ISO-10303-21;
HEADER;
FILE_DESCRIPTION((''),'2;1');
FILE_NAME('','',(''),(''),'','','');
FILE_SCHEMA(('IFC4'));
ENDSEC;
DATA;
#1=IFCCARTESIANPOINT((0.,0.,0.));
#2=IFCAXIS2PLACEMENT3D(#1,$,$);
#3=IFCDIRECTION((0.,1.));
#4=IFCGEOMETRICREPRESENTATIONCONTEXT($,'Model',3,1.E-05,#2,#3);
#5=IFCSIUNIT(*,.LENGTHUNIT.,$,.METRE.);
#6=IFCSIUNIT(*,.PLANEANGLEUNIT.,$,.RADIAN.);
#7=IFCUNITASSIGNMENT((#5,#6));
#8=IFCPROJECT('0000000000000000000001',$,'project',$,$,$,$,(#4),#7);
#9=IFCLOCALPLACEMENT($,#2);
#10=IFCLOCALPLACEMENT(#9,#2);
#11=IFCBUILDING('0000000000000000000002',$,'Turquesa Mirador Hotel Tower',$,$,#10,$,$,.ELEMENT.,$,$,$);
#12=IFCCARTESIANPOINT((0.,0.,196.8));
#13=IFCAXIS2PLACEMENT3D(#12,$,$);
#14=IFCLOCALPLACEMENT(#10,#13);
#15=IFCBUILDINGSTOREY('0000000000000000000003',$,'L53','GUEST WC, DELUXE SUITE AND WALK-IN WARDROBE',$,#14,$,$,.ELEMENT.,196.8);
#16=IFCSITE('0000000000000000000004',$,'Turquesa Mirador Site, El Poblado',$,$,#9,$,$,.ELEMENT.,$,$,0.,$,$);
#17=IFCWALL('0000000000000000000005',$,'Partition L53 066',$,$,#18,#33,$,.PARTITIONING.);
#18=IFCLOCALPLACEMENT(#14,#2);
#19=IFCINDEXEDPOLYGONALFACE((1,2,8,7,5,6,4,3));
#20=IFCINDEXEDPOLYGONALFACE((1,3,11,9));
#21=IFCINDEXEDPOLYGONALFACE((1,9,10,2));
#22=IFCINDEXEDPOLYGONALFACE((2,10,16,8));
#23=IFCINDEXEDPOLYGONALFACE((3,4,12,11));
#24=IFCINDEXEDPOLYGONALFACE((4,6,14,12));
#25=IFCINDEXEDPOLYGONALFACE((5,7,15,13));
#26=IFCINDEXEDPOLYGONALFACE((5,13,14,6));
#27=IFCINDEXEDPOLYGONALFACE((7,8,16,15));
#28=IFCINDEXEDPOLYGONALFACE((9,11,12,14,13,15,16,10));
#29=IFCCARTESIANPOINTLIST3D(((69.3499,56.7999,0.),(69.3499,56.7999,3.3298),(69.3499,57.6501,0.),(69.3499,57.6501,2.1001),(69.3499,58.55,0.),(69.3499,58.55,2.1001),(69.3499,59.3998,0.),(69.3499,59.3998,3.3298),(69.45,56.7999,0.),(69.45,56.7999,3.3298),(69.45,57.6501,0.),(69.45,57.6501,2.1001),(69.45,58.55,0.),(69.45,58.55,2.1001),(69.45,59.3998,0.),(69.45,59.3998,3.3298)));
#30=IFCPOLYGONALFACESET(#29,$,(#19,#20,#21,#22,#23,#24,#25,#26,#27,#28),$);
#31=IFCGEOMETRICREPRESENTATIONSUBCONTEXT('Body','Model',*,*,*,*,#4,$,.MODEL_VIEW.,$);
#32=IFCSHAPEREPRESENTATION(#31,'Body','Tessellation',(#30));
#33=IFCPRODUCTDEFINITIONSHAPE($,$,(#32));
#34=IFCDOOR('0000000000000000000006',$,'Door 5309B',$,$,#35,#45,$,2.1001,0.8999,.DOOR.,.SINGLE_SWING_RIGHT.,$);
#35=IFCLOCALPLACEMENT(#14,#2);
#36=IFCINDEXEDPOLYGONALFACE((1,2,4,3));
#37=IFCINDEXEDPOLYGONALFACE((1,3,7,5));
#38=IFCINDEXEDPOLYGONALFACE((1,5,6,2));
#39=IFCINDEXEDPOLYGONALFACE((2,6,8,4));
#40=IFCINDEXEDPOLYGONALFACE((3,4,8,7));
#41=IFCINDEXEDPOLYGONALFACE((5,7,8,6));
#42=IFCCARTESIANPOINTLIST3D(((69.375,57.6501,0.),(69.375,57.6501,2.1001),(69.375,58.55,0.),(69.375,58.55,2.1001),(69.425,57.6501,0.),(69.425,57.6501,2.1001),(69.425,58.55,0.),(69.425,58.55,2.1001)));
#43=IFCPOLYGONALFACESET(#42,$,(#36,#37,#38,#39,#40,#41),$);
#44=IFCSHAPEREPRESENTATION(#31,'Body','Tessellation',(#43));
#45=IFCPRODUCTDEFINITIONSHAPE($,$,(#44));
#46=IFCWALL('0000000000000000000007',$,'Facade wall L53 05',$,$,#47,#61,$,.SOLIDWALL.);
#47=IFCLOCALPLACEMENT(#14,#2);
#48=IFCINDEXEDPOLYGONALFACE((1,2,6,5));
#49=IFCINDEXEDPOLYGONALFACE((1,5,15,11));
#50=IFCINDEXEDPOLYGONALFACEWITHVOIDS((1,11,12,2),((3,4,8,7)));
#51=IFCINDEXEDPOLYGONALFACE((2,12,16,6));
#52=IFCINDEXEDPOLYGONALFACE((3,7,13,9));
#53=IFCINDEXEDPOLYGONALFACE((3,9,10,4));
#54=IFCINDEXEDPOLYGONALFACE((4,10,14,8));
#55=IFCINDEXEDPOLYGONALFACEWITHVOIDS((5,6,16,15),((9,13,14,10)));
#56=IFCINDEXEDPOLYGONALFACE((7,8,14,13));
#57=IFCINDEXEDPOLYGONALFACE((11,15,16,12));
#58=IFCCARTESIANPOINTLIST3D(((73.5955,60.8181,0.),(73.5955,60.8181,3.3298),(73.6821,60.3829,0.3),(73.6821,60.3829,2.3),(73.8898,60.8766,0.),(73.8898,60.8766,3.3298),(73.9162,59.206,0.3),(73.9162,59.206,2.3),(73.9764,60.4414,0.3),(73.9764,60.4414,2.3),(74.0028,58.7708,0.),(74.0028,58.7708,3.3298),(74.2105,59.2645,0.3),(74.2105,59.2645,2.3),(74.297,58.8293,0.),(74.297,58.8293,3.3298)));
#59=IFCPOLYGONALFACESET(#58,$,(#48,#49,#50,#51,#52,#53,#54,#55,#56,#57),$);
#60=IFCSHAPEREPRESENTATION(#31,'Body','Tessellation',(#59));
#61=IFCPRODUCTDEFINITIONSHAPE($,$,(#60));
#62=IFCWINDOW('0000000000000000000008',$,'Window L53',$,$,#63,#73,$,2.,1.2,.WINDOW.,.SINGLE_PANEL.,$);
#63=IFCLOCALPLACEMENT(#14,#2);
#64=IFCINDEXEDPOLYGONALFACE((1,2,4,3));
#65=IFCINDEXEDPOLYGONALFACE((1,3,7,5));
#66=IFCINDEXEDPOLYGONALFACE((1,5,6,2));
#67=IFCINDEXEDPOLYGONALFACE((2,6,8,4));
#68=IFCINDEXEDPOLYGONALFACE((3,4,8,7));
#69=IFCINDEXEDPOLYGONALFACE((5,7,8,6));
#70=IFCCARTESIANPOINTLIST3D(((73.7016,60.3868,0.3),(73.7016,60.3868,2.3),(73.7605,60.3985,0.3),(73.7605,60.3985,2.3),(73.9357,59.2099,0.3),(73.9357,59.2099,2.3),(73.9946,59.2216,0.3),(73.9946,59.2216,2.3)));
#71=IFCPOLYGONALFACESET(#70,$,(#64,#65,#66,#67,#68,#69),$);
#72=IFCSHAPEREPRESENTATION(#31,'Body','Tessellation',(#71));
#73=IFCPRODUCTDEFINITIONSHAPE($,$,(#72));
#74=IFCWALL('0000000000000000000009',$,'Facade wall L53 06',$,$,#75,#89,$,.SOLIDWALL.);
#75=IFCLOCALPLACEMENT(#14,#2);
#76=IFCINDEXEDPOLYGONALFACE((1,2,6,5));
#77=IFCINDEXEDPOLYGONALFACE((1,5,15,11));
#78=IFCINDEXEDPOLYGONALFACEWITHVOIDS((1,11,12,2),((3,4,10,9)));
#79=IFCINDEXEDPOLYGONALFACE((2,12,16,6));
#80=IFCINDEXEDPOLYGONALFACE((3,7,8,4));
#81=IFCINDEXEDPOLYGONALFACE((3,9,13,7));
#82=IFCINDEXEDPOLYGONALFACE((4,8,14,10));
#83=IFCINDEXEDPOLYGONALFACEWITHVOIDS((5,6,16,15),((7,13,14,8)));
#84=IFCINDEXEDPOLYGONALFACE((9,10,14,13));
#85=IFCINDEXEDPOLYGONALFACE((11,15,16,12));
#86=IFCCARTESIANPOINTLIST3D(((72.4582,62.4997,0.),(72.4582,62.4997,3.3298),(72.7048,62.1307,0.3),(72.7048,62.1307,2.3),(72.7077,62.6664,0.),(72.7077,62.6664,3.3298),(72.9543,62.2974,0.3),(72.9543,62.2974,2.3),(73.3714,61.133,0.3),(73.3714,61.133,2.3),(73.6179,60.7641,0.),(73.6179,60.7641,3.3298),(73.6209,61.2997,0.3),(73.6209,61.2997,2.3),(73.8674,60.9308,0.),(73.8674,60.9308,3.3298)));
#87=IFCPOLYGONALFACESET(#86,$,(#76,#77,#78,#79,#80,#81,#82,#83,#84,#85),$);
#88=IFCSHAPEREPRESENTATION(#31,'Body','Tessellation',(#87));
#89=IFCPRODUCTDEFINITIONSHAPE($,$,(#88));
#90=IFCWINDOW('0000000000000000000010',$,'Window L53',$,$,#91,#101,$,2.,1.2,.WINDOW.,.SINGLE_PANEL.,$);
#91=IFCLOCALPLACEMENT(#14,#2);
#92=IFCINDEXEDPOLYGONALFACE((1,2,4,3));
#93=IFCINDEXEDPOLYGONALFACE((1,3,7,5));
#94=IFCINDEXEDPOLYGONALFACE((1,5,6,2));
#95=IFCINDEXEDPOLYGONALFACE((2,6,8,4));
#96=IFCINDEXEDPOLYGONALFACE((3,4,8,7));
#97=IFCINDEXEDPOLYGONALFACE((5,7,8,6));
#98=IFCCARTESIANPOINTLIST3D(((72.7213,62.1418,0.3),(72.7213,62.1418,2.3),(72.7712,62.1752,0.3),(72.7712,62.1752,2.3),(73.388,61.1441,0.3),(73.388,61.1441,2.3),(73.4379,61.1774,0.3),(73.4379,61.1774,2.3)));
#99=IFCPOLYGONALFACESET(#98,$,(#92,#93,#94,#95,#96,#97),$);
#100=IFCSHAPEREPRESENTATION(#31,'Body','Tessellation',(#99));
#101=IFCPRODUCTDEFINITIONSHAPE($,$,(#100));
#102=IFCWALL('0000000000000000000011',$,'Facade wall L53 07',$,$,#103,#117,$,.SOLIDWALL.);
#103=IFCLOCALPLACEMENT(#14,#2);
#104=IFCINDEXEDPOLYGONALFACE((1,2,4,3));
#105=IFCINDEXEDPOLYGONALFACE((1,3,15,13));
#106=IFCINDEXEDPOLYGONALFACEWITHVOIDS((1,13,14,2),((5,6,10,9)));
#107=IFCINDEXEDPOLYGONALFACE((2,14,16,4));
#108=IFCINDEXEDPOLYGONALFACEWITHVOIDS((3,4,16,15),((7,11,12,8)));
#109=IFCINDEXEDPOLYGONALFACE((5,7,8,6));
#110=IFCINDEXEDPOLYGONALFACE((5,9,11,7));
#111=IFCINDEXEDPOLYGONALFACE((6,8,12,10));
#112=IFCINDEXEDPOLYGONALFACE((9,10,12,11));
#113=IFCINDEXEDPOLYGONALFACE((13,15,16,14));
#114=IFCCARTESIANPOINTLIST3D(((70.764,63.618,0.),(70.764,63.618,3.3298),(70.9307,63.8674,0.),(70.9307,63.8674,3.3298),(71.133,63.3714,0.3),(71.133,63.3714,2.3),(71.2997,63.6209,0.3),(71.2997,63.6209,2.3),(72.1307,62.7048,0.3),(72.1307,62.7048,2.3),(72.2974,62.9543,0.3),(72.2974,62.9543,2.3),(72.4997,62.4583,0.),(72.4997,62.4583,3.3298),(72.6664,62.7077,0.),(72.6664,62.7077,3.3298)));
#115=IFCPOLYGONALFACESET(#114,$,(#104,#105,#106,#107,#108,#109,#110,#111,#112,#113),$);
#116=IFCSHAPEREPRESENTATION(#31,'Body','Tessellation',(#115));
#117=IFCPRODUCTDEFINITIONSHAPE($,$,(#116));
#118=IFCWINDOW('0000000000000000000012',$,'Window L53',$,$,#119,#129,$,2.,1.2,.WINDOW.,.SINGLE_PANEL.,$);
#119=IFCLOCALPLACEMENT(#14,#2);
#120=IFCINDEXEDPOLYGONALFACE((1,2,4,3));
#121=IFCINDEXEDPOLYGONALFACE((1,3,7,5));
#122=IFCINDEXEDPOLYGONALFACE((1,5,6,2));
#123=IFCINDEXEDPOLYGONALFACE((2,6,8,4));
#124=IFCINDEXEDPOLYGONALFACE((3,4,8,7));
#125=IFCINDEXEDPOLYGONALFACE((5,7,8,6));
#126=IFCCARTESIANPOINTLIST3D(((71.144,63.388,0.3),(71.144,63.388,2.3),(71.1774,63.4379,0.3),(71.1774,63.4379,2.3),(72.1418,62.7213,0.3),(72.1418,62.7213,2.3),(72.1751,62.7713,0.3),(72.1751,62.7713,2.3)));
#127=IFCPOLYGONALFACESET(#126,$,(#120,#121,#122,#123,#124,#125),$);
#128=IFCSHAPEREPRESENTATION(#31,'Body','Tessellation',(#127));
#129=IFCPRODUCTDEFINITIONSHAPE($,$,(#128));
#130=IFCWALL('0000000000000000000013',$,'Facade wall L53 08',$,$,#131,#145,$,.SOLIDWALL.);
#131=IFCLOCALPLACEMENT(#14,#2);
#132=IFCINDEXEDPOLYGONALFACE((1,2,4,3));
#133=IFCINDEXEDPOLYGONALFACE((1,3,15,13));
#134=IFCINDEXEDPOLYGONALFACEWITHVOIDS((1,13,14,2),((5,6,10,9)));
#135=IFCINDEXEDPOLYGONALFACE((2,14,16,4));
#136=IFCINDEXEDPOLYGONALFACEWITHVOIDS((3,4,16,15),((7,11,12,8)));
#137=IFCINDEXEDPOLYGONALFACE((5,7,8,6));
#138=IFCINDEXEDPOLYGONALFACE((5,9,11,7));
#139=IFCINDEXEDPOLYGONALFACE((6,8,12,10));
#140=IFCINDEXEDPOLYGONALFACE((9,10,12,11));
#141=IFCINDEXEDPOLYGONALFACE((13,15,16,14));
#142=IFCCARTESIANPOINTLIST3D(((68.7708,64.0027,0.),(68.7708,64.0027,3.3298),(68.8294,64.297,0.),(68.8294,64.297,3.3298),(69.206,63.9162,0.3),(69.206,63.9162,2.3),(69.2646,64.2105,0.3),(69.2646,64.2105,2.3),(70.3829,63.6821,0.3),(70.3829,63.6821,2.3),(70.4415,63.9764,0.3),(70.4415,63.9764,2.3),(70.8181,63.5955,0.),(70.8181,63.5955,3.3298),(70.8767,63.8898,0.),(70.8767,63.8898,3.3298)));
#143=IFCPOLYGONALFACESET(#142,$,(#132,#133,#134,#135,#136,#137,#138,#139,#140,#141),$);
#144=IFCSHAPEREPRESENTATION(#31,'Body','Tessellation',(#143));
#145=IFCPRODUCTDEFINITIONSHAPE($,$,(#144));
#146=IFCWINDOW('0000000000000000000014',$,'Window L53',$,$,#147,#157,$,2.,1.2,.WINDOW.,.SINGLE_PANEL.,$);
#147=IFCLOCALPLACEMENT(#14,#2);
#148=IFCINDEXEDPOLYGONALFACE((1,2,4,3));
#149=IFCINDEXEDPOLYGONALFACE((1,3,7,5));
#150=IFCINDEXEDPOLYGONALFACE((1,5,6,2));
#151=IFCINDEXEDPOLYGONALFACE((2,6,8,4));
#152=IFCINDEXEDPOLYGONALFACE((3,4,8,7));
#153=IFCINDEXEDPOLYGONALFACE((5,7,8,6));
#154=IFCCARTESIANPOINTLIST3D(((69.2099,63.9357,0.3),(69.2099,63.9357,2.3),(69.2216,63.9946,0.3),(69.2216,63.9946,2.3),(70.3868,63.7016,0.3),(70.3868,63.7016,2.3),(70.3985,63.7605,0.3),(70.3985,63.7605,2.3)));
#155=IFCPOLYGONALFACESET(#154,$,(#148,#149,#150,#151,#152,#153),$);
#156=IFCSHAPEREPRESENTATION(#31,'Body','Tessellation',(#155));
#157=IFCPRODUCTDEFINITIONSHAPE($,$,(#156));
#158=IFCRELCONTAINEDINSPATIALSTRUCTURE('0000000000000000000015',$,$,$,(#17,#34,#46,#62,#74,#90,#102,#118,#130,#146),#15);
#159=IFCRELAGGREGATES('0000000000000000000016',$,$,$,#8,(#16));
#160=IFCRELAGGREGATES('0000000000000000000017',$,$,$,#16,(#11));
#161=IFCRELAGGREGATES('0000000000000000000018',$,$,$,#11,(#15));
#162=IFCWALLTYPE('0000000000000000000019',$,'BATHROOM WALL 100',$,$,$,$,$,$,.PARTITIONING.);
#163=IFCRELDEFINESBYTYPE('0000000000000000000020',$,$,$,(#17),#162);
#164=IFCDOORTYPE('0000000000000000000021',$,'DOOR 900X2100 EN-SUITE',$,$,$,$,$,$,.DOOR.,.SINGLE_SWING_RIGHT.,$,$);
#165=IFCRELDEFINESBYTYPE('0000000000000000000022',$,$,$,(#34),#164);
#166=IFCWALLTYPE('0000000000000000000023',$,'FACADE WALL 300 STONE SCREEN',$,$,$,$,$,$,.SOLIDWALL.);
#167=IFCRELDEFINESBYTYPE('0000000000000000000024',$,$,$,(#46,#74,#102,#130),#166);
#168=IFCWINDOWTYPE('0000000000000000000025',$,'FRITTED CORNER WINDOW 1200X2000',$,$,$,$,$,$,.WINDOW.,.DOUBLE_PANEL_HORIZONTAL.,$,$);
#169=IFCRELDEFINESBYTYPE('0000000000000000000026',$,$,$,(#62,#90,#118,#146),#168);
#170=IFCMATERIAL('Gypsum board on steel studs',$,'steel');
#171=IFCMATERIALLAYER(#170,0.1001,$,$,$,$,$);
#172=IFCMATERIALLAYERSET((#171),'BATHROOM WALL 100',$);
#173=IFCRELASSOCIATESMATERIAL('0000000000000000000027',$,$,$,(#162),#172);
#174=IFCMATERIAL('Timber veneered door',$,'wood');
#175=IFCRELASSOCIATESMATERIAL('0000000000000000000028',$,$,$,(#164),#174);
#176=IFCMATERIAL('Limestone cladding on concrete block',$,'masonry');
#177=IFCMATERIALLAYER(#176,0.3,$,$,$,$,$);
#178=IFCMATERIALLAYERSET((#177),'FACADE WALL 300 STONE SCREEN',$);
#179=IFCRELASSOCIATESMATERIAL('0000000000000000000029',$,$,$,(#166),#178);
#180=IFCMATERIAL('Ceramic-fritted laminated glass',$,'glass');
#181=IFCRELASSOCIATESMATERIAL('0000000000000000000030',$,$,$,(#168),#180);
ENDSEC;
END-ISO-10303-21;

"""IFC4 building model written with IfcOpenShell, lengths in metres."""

from ifc_helpers import new_model, si_unit, direction, frame, frame_2d, origin, place, context, subcontext, project, spatial, rectangle, extrude, material, layer, layer_set, type_object, element, fill, save


model = new_model("IFC4")

# Units and contexts
model_context = context("Model", 3, precision=1e-05, world=origin(), true_north=direction((0.0, 1.0)))
body_context = subcontext(model_context, "Body", "Model", "MODEL_VIEW")
ifc_project = project(units=[si_unit("LENGTHUNIT", "METRE"), si_unit("PLANEANGLEUNIT", "RADIAN")], contexts=[model_context])

# Site, building, storey
site_placement = place(None, origin())
site = spatial("IfcSite", under=ifc_project, at=site_placement, Name="Turquesa Mirador Site, El Poblado", CompositionType="ELEMENT", RefElevation=0.0)
building_placement = place(site_placement, origin())
building = spatial("IfcBuilding", under=site, at=building_placement, Name="Turquesa Mirador Hotel Tower", CompositionType="ELEMENT")
storey_placement = place(building_placement, frame((0.0, 0.0, 196.8)))
storey = spatial("IfcBuildingStorey", under=building, at=storey_placement, Name="L53", Description="GUEST WC, DELUXE SUITE AND WALK-IN WARDROBE", CompositionType="ELEMENT", Elevation=196.8)

# Shared definitions
ifc_material_1 = material(Name="Gypsum board on steel studs", Category="steel")
ifc_layer_1 = layer(ifc_material_1, 0.1001)
ifc_layer_set_1 = layer_set([ifc_layer_1], Name="BATHROOM WALL 100")
wall_type_1 = type_object("IfcWallType", Name="BATHROOM WALL 100", PredefinedType="PARTITIONING", material=ifc_layer_set_1)

# Wall, opening, door
wall_1_placement = place(storey_placement, frame((69.3999, 56.8, 0.0), z_axis=(0.0, 0.0, 1.0), x_axis=(0.0, 1.0, 0.0)))
wall_1 = element("IfcWall", 1, at=wall_1_placement, inside=storey, type_object=wall_type_1, Name="Partition L53 066", PredefinedType="PARTITIONING", context=body_context, shape_type="SweptSolid", body=[
    extrude(rectangle(XDim=2.5999, YDim=0.1001, at=frame_2d((1.2998, 0.0))), origin(), (0.0, 0.0, 1.0), 3.3298),
])
opening_1_placement = place(wall_1_placement, frame((0.8501, 0.0, 0.0)))
opening_1 = element("IfcOpeningElement", 2, at=opening_1_placement, cuts=wall_1, PredefinedType="OPENING", context=body_context, shape_type="SweptSolid", body=[
    extrude(rectangle(XDim=0.8999, YDim=2.1001, at=frame_2d((0.45, 1.05))), frame((0.0, 0.0601, 0.0), z_axis=(0.0, -1.0, 0.0), x_axis=(1.0, 0.0, 0.0)), (0.0, 0.0, 1.0), 0.1201),
])
ifc_material_2 = material(Name="Timber veneered door", Category="wood")
door_type_1 = type_object("IfcDoorType", Name="DOOR 900X2100 EN-SUITE", OperationType="SINGLE_SWING_RIGHT", PredefinedType="DOOR", material=ifc_material_2)
door_1_placement = place(opening_1_placement, origin())
door_1 = element("IfcDoor", 3, at=door_1_placement, inside=storey, type_object=door_type_1, Name="Door 5309B", OperationType="SINGLE_SWING_RIGHT", OverallHeight=2.1001, OverallWidth=0.8999, PredefinedType="DOOR", context=body_context, shape_type="SweptSolid", body=[
    extrude(rectangle(XDim=0.8999, YDim=2.1001, at=frame_2d((0.45, 1.05))), frame((0.0, 0.0249, 0.0), z_axis=(0.0, -1.0, 0.0), x_axis=(1.0, 0.0, 0.0)), (0.0, 0.0, 1.0), 0.05),
])
fill(opening_1, door_1)

# Walls, openings, windows
ifc_material_3 = material(Name="Limestone cladding on concrete block", Category="masonry")
ifc_layer_2 = layer(ifc_material_3, 0.3)
ifc_layer_set_2 = layer_set([ifc_layer_2], Name="FACADE WALL 300 STONE SCREEN")
wall_type_2 = type_object("IfcWallType", Name="FACADE WALL 300 STONE SCREEN", PredefinedType="SOLIDWALL", material=ifc_layer_set_2)
wall_2_placement = place(storey_placement, frame((74.1499, 58.8, 0.0), z_axis=(0.0, 0.0, 1.0), x_axis=(-0.195081, 0.980787, 0.0)))
wall_2 = element("IfcWall", 4, at=wall_2_placement, inside=storey, type_object=wall_type_2, Name="Facade wall L53 05", PredefinedType="SOLIDWALL", context=body_context, shape_type="SweptSolid", body=[
    extrude(rectangle(XDim=2.0874, YDim=0.3, at=frame_2d((1.0437, 0.0))), origin(), (0.0, 0.0, 1.0), 3.3298),
])
opening_2_placement = place(wall_2_placement, frame((0.4436, 0.0, 0.3)))
opening_2 = element("IfcOpeningElement", 5, at=opening_2_placement, cuts=wall_2, PredefinedType="OPENING", context=body_context, shape_type="SweptSolid", body=[
    extrude(rectangle(XDim=1.2, YDim=2.0, at=frame_2d((0.6001, 1.0))), frame((0.0, 0.1599, 0.0), z_axis=(0.0, -1.0, 0.0), x_axis=(1.0, 0.0, 0.0)), (0.0, 0.0, 1.0), 0.3201),
])
ifc_material_4 = material(Name="Ceramic-fritted laminated glass", Category="glass")
window_type_1 = type_object("IfcWindowType", Name="FRITTED CORNER WINDOW 1200X2000", PartitioningType="DOUBLE_PANEL_HORIZONTAL", PredefinedType="WINDOW", material=ifc_material_4)
window_1_placement = place(opening_2_placement, origin())
window_1 = element("IfcWindow", 6, at=window_1_placement, inside=storey, type_object=window_type_1, Name="Window L53", OverallHeight=2.0, OverallWidth=1.2, PartitioningType="SINGLE_PANEL", PredefinedType="WINDOW", context=body_context, shape_type="SweptSolid", body=[
    extrude(rectangle(XDim=1.2, YDim=2.0, at=frame_2d((0.6001, 1.0))), frame((0.0, 0.1301, 0.0), z_axis=(0.0, -1.0, 0.0), x_axis=(1.0, 0.0, 0.0)), (0.0, 0.0, 1.0), 0.0601),
])
fill(opening_2, window_1)
wall_3_placement = place(storey_placement, frame((73.7427, 60.8474, 0.0), z_axis=(0.0, 0.0, 1.0), x_axis=(-0.555564, 0.831474, 0.0)))
wall_3 = element("IfcWall", 7, at=wall_3_placement, inside=storey, type_object=wall_type_2, Name="Facade wall L53 06", PredefinedType="SOLIDWALL", context=body_context, shape_type="SweptSolid", body=[
    extrude(rectangle(XDim=2.0874, YDim=0.3, at=frame_2d((1.0437, 0.0))), origin(), (0.0, 0.0, 1.0), 3.3298),
])
opening_3_placement = place(wall_3_placement, frame((0.4436, 0.0, 0.3)))
opening_3 = element("IfcOpeningElement", 8, at=opening_3_placement, cuts=wall_3, PredefinedType="OPENING", context=body_context, shape_type="SweptSolid", body=[
    extrude(rectangle(XDim=1.2, YDim=2.0, at=frame_2d((0.6001, 1.0))), frame((0.0, 0.1599, 0.0), z_axis=(0.0, -1.0, 0.0), x_axis=(1.0, 0.0, 0.0)), (0.0, 0.0, 1.0), 0.3201),
])
window_2_placement = place(opening_3_placement, origin())
window_2 = element("IfcWindow", 9, at=window_2_placement, inside=storey, type_object=window_type_1, Name="Window L53", OverallHeight=2.0, OverallWidth=1.2, PartitioningType="SINGLE_PANEL", PredefinedType="WINDOW", context=body_context, shape_type="SweptSolid", body=[
    extrude(rectangle(XDim=1.2, YDim=2.0, at=frame_2d((0.6001, 1.0))), frame((0.0, 0.1301, 0.0), z_axis=(0.0, -1.0, 0.0), x_axis=(1.0, 0.0, 0.0)), (0.0, 0.0, 1.0), 0.0601),
])
fill(opening_3, window_2)
wall_4_placement = place(storey_placement, frame((72.583, 62.583, 0.0), z_axis=(0.0, 0.0, 1.0), x_axis=(-0.831474, 0.555564, 0.0)))
wall_4 = element("IfcWall", 10, at=wall_4_placement, inside=storey, type_object=wall_type_2, Name="Facade wall L53 07", PredefinedType="SOLIDWALL", context=body_context, shape_type="SweptSolid", body=[
    extrude(rectangle(XDim=2.0874, YDim=0.3, at=frame_2d((1.0437, 0.0))), origin(), (0.0, 0.0, 1.0), 3.3298),
])
opening_4_placement = place(wall_4_placement, frame((0.4436, 0.0, 0.3)))
opening_4 = element("IfcOpeningElement", 11, at=opening_4_placement, cuts=wall_4, PredefinedType="OPENING", context=body_context, shape_type="SweptSolid", body=[
    extrude(rectangle(XDim=1.2, YDim=2.0, at=frame_2d((0.6001, 1.0))), frame((0.0, 0.1599, 0.0), z_axis=(0.0, -1.0, 0.0), x_axis=(1.0, 0.0, 0.0)), (0.0, 0.0, 1.0), 0.3201),
])
window_3_placement = place(opening_4_placement, origin())
window_3 = element("IfcWindow", 12, at=window_3_placement, inside=storey, type_object=window_type_1, Name="Window L53", OverallHeight=2.0, OverallWidth=1.2, PartitioningType="SINGLE_PANEL", PredefinedType="WINDOW", context=body_context, shape_type="SweptSolid", body=[
    extrude(rectangle(XDim=1.2, YDim=2.0, at=frame_2d((0.6001, 1.0))), frame((0.0, 0.1301, 0.0), z_axis=(0.0, -1.0, 0.0), x_axis=(1.0, 0.0, 0.0)), (0.0, 0.0, 1.0), 0.0601),
])
fill(opening_4, window_3)
wall_5_placement = place(storey_placement, frame((70.8474, 63.7427, 0.0), z_axis=(0.0, 0.0, 1.0), x_axis=(-0.980787, 0.195081, 0.0)))
wall_5 = element("IfcWall", 13, at=wall_5_placement, inside=storey, type_object=wall_type_2, Name="Facade wall L53 08", PredefinedType="SOLIDWALL", context=body_context, shape_type="SweptSolid", body=[
    extrude(rectangle(XDim=2.0874, YDim=0.3, at=frame_2d((1.0437, 0.0))), origin(), (0.0, 0.0, 1.0), 3.3298),
])
opening_5_placement = place(wall_5_placement, frame((0.4436, 0.0, 0.3)))
opening_5 = element("IfcOpeningElement", 14, at=opening_5_placement, cuts=wall_5, PredefinedType="OPENING", context=body_context, shape_type="SweptSolid", body=[
    extrude(rectangle(XDim=1.2, YDim=2.0, at=frame_2d((0.6001, 1.0))), frame((0.0, 0.1599, 0.0), z_axis=(0.0, -1.0, 0.0), x_axis=(1.0, 0.0, 0.0)), (0.0, 0.0, 1.0), 0.3201),
])
window_4_placement = place(opening_5_placement, origin())
window_4 = element("IfcWindow", 15, at=window_4_placement, inside=storey, type_object=window_type_1, Name="Window L53", OverallHeight=2.0, OverallWidth=1.2, PartitioningType="SINGLE_PANEL", PredefinedType="WINDOW", context=body_context, shape_type="SweptSolid", body=[
    extrude(rectangle(XDim=1.2, YDim=2.0, at=frame_2d((0.6001, 1.0))), frame((0.0, 0.1301, 0.0), z_axis=(0.0, -1.0, 0.0), x_axis=(1.0, 0.0, 0.0)), (0.0, 0.0, 1.0), 0.0601),
])
fill(opening_5, window_4)

save(model, "model.ifc")
